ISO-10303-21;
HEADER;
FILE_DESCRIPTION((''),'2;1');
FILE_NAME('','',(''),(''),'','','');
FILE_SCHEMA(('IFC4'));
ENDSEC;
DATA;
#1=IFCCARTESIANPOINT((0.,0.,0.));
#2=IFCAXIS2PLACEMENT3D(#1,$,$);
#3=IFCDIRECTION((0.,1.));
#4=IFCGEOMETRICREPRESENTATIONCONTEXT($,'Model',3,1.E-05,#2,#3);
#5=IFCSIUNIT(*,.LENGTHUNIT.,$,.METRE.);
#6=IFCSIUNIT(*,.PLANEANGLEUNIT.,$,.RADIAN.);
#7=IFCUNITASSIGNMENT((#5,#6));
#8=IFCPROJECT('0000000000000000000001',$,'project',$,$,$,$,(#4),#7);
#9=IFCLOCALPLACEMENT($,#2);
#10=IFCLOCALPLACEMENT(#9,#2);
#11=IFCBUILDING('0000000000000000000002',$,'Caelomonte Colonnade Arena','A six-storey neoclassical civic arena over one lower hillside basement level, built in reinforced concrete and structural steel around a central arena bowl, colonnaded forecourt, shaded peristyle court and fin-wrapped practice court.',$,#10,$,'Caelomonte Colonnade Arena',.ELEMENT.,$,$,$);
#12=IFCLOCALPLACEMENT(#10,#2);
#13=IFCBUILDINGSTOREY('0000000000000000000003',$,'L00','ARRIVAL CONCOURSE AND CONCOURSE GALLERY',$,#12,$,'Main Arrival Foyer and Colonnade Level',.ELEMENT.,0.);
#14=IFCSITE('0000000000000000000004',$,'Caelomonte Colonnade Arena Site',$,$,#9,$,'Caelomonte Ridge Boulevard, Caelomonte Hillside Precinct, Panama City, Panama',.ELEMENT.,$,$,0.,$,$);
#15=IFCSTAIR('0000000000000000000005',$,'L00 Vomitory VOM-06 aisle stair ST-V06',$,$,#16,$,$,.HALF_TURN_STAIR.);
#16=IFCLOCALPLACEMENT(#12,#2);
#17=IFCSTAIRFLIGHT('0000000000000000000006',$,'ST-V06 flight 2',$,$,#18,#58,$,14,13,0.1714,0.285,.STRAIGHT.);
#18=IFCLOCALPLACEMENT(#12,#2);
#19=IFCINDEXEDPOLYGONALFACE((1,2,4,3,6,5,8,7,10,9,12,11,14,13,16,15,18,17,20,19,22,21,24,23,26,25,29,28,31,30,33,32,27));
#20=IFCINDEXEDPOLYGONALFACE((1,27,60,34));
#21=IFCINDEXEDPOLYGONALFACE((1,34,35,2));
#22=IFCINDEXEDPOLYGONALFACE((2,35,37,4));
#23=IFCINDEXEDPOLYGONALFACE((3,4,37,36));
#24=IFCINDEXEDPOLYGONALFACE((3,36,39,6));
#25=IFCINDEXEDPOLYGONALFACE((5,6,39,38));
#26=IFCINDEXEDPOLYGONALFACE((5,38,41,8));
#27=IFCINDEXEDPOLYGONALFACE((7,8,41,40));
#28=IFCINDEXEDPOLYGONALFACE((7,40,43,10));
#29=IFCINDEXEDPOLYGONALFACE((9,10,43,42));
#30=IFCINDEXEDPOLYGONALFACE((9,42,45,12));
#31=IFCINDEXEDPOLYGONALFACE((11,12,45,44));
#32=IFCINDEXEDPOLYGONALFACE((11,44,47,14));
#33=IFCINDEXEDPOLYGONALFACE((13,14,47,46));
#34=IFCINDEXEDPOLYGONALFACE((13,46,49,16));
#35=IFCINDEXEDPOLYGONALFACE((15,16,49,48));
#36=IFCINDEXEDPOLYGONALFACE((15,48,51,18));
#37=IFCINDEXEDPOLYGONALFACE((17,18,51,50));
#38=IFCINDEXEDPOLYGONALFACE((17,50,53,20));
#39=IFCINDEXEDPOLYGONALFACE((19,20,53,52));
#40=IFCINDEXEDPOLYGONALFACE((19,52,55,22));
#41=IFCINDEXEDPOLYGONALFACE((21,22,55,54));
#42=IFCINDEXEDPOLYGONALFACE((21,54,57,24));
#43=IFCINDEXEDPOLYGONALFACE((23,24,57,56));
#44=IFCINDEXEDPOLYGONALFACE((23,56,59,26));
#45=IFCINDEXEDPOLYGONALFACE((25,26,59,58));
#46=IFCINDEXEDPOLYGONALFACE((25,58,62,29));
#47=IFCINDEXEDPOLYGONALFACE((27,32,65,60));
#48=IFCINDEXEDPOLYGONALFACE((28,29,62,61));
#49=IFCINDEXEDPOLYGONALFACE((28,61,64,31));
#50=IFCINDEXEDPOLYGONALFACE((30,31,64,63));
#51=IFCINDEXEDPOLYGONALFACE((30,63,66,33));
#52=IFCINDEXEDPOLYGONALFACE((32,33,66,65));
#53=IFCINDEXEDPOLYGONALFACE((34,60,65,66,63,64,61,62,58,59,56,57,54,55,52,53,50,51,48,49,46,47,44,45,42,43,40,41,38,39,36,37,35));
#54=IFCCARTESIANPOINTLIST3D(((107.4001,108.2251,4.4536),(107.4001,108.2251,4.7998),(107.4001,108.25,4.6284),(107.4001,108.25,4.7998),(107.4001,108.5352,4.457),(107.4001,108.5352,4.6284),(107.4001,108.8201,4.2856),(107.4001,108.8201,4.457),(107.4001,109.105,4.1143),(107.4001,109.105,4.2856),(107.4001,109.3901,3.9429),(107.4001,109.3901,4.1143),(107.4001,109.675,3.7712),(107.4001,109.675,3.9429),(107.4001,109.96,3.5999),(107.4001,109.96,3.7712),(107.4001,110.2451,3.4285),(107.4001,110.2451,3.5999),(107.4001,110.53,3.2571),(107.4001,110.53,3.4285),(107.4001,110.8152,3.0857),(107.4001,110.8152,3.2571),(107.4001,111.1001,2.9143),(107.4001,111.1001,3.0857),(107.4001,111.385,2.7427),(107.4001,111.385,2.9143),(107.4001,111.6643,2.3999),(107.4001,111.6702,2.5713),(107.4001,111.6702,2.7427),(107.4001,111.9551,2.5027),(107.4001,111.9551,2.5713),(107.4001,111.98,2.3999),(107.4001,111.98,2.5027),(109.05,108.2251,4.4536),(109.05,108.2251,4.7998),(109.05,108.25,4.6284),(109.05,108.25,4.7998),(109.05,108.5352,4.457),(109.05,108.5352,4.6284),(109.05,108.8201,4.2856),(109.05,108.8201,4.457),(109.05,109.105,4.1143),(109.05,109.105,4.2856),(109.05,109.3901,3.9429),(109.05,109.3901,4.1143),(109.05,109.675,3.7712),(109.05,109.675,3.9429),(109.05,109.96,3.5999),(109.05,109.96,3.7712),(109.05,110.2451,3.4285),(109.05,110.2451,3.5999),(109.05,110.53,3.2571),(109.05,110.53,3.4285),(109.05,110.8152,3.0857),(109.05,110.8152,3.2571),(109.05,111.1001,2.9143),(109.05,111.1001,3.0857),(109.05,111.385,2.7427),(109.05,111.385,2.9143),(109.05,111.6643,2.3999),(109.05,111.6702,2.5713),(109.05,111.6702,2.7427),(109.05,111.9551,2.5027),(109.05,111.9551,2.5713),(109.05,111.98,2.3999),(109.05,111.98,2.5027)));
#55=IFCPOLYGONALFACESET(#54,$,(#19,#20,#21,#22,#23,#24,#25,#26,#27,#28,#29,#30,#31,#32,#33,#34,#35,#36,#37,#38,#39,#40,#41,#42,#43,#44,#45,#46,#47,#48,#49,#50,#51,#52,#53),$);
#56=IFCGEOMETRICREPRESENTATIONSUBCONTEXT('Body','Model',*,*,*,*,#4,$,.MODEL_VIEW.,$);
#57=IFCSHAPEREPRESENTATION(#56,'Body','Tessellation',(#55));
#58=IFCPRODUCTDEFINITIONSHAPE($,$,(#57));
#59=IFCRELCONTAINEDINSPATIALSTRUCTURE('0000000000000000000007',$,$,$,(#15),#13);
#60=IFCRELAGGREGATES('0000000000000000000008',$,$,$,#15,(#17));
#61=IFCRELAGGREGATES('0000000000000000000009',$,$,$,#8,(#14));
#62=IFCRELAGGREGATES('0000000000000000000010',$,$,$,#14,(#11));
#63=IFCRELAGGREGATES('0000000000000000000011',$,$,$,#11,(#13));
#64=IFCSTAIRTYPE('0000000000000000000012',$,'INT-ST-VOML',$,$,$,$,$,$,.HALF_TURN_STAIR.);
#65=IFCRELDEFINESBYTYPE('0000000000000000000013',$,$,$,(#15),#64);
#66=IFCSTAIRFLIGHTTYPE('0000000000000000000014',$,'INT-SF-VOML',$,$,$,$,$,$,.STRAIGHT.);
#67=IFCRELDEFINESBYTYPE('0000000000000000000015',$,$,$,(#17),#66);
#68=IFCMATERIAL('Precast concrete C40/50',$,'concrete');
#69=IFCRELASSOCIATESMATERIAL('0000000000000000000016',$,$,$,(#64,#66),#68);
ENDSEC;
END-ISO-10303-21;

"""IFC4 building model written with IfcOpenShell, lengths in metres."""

from ifc_helpers import new_model, si_unit, direction, frame, origin, place, context, subcontext, project, spatial, polyline, outline, extrude, material, type_object, element, aggregate, save


model = new_model("IFC4")

# Units and contexts
model_context = context("Model", 3, precision=1e-05, world=origin(), true_north=direction((0.0, 1.0)))
body_context = subcontext(model_context, "Body", "Model", "MODEL_VIEW")
ifc_project = project(units=[si_unit("LENGTHUNIT", "METRE"), si_unit("PLANEANGLEUNIT", "RADIAN")], contexts=[model_context])

# Site, building, storey
site_placement = place(None, origin())
site = spatial("IfcSite", under=ifc_project, at=site_placement, Name="Caelomonte Colonnade Arena Site", LongName="Caelomonte Ridge Boulevard, Caelomonte Hillside Precinct, Panama City, Panama", CompositionType="ELEMENT", RefElevation=0.0)
building_placement = place(site_placement, origin())
building = spatial("IfcBuilding", under=site, at=building_placement, Name="Caelomonte Colonnade Arena", Description="A six-storey neoclassical civic arena over one lower hillside basement level, built in reinforced concrete and structural steel around a central arena bowl, colonnaded forecourt, shaded peristyle court and fin-wrapped practice court.", LongName="Caelomonte Colonnade Arena", CompositionType="ELEMENT")
storey_placement = place(building_placement, origin())
storey = spatial("IfcBuildingStorey", under=building, at=storey_placement, Name="L00", Description="ARRIVAL CONCOURSE AND CONCOURSE GALLERY", LongName="Main Arrival Foyer and Colonnade Level", CompositionType="ELEMENT", Elevation=0.0)

# Stair, stair flight
ifc_material_1 = material(Name="Precast concrete C40/50", Category="concrete")
stair_type = type_object("IfcStairType", Name="INT-ST-VOML", PredefinedType="HALF_TURN_STAIR", material=ifc_material_1)
stair_placement = place(storey_placement, origin())
stair = element("IfcStair", 1, at=stair_placement, inside=storey, type_object=stair_type, Name="L00 Vomitory VOM-06 aisle stair ST-V06", PredefinedType="HALF_TURN_STAIR")
stair_flight_type = type_object("IfcStairFlightType", Name="INT-SF-VOML", PredefinedType="STRAIGHT", material=ifc_material_1)
stair_flight_1_placement = place(storey_placement, frame((108.2251, 111.9551, 2.3999), z_axis=(0.0, 0.0, 1.0), x_axis=(0.0, -1.0, 0.0)))
stair_flight_1 = element("IfcStairFlight", 2, at=stair_flight_1_placement, type_object=stair_flight_type, Name="ST-V06 flight 2", NumberOfRisers=14, NumberOfTreads=13, PredefinedType="STRAIGHT", RiserHeight=0.1714, TreadLength=0.285, context=body_context, shape_type="SweptSolid", body=[
    extrude(outline(polyline([(-0.0249, 0.0), (-0.0249, 0.1028), (0.0, 0.1028), (0.0, 0.1714), (0.2849, 0.1714), (0.2849, 0.3428), (0.5701, 0.3428), (0.5701, 0.5144), (0.855, 0.5144), (0.855, 0.6858), (1.1399, 0.6858), (1.1399, 0.8572), (1.425, 0.8572), (1.425, 1.0286), (1.71, 1.0286), (1.71, 1.2), (1.9951, 1.2), (1.9951, 1.3713), (2.28, 1.3713), (2.28, 1.543), (2.5649, 1.543), (2.5649, 1.7144), (2.8501, 1.7144), (2.8501, 1.8857), (3.135, 1.8857), (3.135, 2.0571), (3.4199, 2.0571), (3.4199, 2.2285), (3.7051, 2.2285), (3.7051, 2.3999), (3.73, 2.3999), (3.73, 2.0537), (0.2908, 0.0), (-0.0249, 0.0)])), frame((0.0, 0.825, 0.0), z_axis=(0.0, -1.0, 0.0), x_axis=(1.0, 0.0, 0.0)), (0.0, 0.0, 1.0), 1.6499),
])
aggregate(stair, [stair_flight_1])

save(model, "model.ifc")
